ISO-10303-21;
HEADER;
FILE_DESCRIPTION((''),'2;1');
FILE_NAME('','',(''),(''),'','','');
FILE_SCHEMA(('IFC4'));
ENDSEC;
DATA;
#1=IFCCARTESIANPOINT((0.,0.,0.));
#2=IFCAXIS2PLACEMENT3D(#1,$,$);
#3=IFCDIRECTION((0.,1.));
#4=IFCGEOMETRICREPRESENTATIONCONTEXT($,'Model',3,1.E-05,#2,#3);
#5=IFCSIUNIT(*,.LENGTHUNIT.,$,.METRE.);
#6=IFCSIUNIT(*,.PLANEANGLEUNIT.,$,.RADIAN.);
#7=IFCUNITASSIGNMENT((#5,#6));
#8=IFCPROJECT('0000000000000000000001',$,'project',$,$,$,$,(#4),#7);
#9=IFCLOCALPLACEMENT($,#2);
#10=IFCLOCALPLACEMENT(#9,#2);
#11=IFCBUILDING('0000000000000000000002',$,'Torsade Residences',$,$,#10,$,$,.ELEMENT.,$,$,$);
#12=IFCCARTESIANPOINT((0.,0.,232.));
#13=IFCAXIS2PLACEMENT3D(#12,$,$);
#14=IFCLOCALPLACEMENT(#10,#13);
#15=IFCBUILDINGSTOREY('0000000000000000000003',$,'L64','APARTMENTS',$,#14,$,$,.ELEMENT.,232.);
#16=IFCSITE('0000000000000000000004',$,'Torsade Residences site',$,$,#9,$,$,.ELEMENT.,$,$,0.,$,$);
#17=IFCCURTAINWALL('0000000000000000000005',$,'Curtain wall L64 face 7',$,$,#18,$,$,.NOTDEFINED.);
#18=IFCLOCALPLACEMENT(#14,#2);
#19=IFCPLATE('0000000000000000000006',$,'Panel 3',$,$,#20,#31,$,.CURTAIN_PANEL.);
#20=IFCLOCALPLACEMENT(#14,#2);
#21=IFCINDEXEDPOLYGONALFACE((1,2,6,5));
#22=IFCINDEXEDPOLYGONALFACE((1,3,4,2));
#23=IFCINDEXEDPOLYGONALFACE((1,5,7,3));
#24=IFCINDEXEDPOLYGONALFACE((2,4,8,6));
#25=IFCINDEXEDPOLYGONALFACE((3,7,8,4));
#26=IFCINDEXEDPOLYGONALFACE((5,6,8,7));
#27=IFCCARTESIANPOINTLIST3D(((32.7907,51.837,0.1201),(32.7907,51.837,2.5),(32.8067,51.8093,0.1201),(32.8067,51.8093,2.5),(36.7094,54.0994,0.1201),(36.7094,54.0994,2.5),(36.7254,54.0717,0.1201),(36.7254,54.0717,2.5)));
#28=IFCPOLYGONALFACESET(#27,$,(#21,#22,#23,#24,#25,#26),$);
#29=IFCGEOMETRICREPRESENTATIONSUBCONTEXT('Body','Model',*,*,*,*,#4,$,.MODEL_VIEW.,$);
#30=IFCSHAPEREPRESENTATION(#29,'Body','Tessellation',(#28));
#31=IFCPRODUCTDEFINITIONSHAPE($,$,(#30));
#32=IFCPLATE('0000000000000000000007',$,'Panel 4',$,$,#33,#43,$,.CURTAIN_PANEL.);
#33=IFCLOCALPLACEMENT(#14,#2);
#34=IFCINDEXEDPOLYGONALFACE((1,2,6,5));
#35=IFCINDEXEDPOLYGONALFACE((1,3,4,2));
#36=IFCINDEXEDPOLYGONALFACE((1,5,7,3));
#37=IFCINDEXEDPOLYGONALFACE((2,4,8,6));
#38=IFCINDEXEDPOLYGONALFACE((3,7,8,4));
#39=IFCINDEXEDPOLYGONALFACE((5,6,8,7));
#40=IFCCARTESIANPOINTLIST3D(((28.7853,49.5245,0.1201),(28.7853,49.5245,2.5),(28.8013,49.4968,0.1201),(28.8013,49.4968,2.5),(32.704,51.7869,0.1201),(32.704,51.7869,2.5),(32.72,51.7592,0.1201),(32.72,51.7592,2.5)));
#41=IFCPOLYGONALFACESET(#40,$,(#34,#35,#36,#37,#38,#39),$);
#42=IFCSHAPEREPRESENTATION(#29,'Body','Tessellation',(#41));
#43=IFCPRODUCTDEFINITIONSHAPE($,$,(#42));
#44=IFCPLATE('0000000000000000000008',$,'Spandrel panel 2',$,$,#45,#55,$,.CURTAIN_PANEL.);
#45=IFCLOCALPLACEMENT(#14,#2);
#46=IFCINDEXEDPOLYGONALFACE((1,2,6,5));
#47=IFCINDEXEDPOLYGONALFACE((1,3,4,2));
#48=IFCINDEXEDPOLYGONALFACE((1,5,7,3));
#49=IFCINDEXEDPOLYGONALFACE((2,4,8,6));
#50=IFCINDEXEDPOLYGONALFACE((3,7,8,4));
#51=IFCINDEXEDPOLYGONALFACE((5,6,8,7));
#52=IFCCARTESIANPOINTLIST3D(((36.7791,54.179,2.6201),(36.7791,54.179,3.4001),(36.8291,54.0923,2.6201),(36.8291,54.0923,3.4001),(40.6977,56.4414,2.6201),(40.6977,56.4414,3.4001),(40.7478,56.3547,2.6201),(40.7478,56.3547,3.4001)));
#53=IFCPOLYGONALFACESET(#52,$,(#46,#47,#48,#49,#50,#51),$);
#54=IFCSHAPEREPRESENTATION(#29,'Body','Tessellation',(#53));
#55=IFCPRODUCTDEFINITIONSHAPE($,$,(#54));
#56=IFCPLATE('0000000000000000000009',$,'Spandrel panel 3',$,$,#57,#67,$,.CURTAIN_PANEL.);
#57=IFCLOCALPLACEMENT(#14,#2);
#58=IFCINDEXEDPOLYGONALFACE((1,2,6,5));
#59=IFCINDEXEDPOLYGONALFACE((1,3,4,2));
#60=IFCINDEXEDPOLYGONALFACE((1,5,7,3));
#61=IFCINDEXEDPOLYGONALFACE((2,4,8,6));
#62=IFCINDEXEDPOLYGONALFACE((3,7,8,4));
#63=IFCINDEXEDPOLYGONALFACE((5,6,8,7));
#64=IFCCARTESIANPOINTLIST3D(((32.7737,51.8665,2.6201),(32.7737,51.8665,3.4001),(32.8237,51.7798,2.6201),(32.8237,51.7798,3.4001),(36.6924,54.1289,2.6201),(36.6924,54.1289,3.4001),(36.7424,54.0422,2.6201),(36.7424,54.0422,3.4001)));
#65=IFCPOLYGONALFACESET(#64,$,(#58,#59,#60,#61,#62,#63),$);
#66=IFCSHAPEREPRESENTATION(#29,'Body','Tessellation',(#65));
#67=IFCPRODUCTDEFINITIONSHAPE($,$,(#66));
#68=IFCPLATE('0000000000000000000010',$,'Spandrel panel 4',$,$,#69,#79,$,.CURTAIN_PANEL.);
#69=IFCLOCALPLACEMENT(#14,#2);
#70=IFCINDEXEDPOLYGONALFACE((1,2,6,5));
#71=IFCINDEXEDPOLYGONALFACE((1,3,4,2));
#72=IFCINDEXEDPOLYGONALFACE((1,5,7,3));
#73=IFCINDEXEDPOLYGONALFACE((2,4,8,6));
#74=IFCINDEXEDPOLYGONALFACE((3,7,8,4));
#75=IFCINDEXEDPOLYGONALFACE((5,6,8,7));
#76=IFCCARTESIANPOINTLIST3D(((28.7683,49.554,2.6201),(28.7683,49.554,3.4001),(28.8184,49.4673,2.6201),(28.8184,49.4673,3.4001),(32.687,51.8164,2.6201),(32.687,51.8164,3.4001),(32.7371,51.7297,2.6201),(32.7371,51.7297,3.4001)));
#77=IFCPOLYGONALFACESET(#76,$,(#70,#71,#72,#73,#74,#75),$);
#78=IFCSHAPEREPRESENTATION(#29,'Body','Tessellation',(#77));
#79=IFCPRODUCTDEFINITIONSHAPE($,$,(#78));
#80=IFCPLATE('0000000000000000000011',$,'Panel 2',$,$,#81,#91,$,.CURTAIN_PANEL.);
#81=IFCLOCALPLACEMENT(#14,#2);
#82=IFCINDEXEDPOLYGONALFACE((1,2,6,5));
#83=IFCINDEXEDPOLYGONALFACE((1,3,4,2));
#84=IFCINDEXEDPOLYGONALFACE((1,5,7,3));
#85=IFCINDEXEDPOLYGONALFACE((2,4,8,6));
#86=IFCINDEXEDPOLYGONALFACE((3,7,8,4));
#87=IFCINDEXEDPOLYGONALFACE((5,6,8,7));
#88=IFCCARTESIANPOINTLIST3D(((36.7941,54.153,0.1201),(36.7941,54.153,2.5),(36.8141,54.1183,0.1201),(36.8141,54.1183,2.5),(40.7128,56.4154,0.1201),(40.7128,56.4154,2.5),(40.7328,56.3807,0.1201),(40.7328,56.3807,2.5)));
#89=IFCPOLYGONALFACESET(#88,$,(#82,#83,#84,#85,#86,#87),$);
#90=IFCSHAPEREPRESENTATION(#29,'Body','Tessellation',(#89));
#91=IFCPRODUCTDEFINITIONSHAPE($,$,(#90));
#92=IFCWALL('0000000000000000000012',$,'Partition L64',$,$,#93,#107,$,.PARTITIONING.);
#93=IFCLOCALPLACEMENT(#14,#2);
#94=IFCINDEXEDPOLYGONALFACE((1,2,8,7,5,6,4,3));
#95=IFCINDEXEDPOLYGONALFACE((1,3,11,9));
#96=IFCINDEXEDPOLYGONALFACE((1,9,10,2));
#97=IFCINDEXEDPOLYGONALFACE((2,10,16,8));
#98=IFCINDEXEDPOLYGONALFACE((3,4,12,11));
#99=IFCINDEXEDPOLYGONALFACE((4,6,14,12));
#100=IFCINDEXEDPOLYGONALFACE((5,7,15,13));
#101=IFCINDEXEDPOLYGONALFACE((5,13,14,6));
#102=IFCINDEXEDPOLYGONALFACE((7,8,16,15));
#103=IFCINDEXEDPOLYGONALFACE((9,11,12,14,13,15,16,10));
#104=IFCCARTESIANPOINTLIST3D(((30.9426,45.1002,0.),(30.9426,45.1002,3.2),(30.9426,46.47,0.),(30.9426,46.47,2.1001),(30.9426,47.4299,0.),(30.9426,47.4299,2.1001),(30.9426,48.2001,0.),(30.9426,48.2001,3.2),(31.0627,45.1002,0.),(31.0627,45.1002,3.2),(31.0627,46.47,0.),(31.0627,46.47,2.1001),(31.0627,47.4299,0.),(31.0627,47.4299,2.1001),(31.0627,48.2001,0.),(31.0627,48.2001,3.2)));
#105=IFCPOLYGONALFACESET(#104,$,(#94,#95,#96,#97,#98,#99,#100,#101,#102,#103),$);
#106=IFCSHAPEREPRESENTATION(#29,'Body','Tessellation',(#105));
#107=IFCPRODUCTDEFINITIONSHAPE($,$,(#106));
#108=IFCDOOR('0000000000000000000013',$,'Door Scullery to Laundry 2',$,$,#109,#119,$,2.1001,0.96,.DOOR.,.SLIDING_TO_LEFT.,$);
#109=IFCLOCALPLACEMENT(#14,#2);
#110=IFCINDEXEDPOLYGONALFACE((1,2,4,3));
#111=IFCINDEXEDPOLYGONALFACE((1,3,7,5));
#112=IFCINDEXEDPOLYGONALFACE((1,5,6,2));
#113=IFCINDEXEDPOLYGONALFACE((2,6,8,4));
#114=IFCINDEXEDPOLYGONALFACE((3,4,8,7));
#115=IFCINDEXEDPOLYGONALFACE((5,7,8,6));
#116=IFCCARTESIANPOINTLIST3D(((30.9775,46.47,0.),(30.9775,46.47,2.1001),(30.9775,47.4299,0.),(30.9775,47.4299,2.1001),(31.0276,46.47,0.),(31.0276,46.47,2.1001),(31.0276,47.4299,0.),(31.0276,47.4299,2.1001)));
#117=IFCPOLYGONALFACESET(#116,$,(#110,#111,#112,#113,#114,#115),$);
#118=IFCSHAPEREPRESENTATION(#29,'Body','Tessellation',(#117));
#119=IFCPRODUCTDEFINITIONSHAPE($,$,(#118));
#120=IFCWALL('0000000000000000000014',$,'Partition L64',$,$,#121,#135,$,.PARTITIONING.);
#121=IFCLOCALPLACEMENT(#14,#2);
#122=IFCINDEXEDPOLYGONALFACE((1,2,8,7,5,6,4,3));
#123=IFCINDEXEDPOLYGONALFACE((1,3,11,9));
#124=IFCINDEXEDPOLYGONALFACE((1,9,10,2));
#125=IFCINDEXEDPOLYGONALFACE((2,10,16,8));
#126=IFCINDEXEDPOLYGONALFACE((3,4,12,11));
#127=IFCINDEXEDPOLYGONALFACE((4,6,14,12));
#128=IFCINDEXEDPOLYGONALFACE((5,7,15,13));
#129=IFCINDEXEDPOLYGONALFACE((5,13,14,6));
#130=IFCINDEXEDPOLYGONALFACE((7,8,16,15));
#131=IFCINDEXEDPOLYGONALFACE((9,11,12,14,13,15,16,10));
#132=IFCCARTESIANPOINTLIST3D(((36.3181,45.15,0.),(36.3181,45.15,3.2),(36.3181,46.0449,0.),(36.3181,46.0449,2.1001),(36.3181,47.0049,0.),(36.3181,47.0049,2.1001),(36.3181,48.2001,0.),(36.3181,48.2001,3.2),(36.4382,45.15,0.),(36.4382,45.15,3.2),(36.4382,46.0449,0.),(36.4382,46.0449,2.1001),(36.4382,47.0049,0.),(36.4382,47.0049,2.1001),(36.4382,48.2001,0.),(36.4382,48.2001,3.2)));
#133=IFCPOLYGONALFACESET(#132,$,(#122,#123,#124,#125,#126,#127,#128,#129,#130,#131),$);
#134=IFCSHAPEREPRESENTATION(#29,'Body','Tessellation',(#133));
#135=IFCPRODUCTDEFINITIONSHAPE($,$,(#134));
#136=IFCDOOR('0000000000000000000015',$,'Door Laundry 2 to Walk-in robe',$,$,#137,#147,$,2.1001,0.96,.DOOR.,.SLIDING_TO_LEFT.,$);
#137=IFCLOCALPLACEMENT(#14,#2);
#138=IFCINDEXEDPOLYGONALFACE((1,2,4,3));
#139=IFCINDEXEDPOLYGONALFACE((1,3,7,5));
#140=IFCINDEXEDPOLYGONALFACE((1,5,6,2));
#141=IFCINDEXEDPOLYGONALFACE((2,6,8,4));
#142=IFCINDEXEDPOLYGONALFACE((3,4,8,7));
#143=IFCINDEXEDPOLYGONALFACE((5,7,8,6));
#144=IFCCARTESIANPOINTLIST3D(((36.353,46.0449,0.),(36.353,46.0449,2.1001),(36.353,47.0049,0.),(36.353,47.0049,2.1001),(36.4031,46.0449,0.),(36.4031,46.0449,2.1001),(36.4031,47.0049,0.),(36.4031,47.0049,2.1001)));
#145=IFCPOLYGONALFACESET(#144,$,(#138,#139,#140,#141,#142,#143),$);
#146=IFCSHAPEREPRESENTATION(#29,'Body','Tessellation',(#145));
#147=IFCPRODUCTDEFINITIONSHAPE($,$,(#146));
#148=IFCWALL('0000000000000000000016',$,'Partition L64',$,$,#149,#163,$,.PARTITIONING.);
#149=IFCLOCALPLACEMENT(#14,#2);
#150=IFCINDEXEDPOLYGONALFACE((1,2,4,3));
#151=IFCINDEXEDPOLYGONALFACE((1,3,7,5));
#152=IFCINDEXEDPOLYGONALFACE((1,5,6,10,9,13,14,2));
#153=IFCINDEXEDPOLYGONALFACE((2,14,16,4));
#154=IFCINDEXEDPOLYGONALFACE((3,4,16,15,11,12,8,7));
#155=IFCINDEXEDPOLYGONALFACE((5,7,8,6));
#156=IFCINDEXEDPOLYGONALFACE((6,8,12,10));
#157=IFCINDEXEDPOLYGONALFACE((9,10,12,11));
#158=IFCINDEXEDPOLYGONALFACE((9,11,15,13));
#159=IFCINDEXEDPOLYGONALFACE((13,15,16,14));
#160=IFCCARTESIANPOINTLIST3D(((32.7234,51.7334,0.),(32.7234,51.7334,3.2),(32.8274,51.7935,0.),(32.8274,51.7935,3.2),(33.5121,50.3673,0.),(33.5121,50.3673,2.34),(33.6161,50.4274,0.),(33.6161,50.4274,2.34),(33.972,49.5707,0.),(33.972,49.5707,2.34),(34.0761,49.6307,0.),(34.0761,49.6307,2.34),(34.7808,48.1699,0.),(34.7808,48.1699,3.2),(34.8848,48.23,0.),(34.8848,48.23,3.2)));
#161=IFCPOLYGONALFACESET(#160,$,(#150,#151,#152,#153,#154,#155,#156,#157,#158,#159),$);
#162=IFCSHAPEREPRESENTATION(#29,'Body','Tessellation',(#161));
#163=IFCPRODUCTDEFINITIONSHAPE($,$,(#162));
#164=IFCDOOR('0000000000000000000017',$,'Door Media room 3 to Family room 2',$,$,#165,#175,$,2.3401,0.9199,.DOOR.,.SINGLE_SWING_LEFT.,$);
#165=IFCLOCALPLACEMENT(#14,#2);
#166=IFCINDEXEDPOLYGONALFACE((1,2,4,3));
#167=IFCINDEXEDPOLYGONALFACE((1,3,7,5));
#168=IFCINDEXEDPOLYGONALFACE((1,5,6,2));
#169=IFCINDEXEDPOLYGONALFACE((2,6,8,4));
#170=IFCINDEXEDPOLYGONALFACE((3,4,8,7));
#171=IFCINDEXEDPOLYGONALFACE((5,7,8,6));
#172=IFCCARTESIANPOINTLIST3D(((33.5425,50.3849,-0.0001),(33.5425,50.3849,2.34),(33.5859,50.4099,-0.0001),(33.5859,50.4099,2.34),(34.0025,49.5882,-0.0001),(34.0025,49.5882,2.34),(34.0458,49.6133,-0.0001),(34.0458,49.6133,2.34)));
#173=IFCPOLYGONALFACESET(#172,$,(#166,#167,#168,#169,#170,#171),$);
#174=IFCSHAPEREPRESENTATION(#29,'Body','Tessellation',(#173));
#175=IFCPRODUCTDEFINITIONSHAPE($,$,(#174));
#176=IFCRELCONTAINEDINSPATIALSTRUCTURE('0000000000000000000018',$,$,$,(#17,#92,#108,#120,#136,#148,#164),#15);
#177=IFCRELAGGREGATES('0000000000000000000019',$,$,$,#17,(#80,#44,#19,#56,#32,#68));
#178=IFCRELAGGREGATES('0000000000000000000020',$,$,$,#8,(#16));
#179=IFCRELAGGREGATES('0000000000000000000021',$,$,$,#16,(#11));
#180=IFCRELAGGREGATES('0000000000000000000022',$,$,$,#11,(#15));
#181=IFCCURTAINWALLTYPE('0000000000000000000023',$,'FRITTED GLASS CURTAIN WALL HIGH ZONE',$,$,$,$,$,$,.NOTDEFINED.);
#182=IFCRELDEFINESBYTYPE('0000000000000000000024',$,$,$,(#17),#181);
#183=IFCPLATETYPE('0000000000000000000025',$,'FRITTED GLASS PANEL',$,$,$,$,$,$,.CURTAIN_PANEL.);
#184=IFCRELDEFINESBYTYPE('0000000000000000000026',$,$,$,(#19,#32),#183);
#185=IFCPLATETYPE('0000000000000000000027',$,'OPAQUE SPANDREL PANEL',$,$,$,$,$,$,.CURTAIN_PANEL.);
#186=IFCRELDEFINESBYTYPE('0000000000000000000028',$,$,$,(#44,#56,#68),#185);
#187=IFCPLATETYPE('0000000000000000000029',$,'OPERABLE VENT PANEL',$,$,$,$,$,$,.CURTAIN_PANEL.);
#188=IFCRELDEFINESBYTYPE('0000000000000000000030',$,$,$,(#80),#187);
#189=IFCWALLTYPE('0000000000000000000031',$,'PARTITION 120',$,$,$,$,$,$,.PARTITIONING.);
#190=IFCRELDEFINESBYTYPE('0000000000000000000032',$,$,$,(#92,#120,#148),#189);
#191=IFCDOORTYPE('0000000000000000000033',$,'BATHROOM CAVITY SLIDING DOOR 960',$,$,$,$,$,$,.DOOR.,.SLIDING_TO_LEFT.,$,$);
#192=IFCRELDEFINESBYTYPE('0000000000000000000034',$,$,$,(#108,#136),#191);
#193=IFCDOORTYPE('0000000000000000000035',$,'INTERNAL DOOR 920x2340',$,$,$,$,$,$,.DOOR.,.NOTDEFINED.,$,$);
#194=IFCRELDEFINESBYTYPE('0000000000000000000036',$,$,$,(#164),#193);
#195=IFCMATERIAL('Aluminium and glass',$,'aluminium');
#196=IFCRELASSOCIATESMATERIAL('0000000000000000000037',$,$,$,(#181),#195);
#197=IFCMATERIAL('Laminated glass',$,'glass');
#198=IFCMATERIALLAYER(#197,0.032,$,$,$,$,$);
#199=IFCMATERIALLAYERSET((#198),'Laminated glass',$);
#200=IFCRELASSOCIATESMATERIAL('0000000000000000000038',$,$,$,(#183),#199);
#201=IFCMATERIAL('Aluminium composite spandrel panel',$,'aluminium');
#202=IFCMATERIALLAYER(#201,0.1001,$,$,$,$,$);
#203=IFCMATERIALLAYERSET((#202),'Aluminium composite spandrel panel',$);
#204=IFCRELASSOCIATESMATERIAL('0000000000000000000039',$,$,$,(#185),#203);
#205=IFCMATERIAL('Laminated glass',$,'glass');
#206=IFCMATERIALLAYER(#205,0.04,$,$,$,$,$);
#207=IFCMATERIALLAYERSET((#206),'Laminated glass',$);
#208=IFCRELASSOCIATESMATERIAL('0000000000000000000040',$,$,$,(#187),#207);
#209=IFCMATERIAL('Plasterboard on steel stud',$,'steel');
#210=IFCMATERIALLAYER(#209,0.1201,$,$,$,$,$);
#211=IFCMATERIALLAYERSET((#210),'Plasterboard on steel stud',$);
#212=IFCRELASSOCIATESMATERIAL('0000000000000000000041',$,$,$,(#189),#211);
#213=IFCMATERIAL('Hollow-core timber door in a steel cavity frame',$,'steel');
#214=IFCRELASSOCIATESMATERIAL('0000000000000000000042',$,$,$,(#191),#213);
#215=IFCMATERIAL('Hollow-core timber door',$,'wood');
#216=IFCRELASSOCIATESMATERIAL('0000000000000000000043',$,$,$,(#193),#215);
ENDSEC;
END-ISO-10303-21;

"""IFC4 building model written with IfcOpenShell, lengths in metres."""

from ifc_helpers import new_model, si_unit, direction, frame, frame_2d, origin, origin_2d, place, context, subcontext, project, spatial, rectangle, extrude, material, layer, layer_set, type_object, element, fill, aggregate, save


model = new_model("IFC4")

# Units and contexts
model_context = context("Model", 3, precision=1e-05, world=origin(), true_north=direction((0.0, 1.0)))
body_context = subcontext(model_context, "Body", "Model", "MODEL_VIEW")
ifc_project = project(units=[si_unit("LENGTHUNIT", "METRE"), si_unit("PLANEANGLEUNIT", "RADIAN")], contexts=[model_context])

# Site, building, storey
site_placement = place(None, origin())
site = spatial("IfcSite", under=ifc_project, at=site_placement, Name="Torsade Residences site", CompositionType="ELEMENT", RefElevation=0.0)
building_placement = place(site_placement, origin())
building = spatial("IfcBuilding", under=site, at=building_placement, Name="Torsade Residences", CompositionType="ELEMENT")
storey_placement = place(building_placement, frame((0.0, 0.0, 232.0)))
storey = spatial("IfcBuildingStorey", under=building, at=storey_placement, Name="L64", Description="APARTMENTS", CompositionType="ELEMENT", Elevation=232.0)

# Curtain wall
ifc_material_1 = material(Name="Aluminium and glass", Category="aluminium")
curtain_wall_type = type_object("IfcCurtainWallType", Name="FRITTED GLASS CURTAIN WALL HIGH ZONE", PredefinedType="NOTDEFINED", material=ifc_material_1)
curtain_wall_placement = place(storey_placement, origin())
curtain_wall = element("IfcCurtainWall", 1, at=curtain_wall_placement, inside=storey, type_object=curtain_wall_type, Name="Curtain wall L64 face 7", PredefinedType="NOTDEFINED")

# Plates
ifc_material_2 = material(Name="Laminated glass", Category="glass")
ifc_layer_1 = layer(ifc_material_2, 0.032)
ifc_layer_set_1 = layer_set([ifc_layer_1], Name="Laminated glass")
plate_type_1 = type_object("IfcPlateType", Name="FRITTED GLASS PANEL", PredefinedType="CURTAIN_PANEL", material=ifc_layer_set_1)
plate_1_placement = place(storey_placement, frame((34.7581, 52.9543, 0.1201), z_axis=(0.0, 0.0, 1.0), x_axis=(-0.866025, -0.5, 0.0)))
plate_1 = element("IfcPlate", 2, at=plate_1_placement, type_object=plate_type_1, Name="Panel 3", PredefinedType="CURTAIN_PANEL", context=body_context, shape_type="SweptSolid", body=[
    extrude(rectangle(XDim=4.5249, YDim=0.032, at=origin_2d()), origin(), (0.0, 0.0, 1.0), 2.3799),
])
plate_2_placement = place(storey_placement, frame((30.7527, 50.6418, 0.1201), z_axis=(0.0, 0.0, 1.0), x_axis=(-0.866025, -0.5, 0.0)))
plate_2 = element("IfcPlate", 3, at=plate_2_placement, type_object=plate_type_1, Name="Panel 4", PredefinedType="CURTAIN_PANEL", context=body_context, shape_type="SweptSolid", body=[
    extrude(rectangle(XDim=4.5249, YDim=0.032, at=origin_2d()), origin(), (0.0, 0.0, 1.0), 2.3799),
])
ifc_material_3 = material(Name="Aluminium composite spandrel panel", Category="aluminium")
ifc_layer_2 = layer(ifc_material_3, 0.1001)
ifc_layer_set_2 = layer_set([ifc_layer_2], Name="Aluminium composite spandrel panel")
plate_type_2 = type_object("IfcPlateType", Name="OPAQUE SPANDREL PANEL", PredefinedType="CURTAIN_PANEL", material=ifc_layer_set_2)
plate_3_placement = place(storey_placement, frame((38.7634, 55.2668, 2.6201), z_axis=(0.0, 0.0, 1.0), x_axis=(-0.866025, -0.5, 0.0)))
plate_3 = element("IfcPlate", 4, at=plate_3_placement, type_object=plate_type_2, Name="Spandrel panel 2", PredefinedType="CURTAIN_PANEL", context=body_context, shape_type="SweptSolid", body=[
    extrude(rectangle(XDim=4.5249, YDim=0.1001, at=origin_2d()), origin(), (0.0, 0.0, 1.0), 0.78),
])
plate_4_placement = place(storey_placement, frame((34.7581, 52.9543, 2.6201), z_axis=(0.0, 0.0, 1.0), x_axis=(-0.866025, -0.5, 0.0)))
plate_4 = element("IfcPlate", 5, at=plate_4_placement, type_object=plate_type_2, Name="Spandrel panel 3", PredefinedType="CURTAIN_PANEL", context=body_context, shape_type="SweptSolid", body=[
    extrude(rectangle(XDim=4.5249, YDim=0.1001, at=origin_2d()), origin(), (0.0, 0.0, 1.0), 0.78),
])
plate_5_placement = place(storey_placement, frame((30.7527, 50.6418, 2.6201), z_axis=(0.0, 0.0, 1.0), x_axis=(-0.866025, -0.5, 0.0)))
plate_5 = element("IfcPlate", 6, at=plate_5_placement, type_object=plate_type_2, Name="Spandrel panel 4", PredefinedType="CURTAIN_PANEL", context=body_context, shape_type="SweptSolid", body=[
    extrude(rectangle(XDim=4.5249, YDim=0.1001, at=origin_2d()), origin(), (0.0, 0.0, 1.0), 0.78),
])
ifc_material_4 = material(Name="Laminated glass", Category="glass")
ifc_layer_3 = layer(ifc_material_4, 0.04)
ifc_layer_set_3 = layer_set([ifc_layer_3], Name="Laminated glass")
plate_type_3 = type_object("IfcPlateType", Name="OPERABLE VENT PANEL", PredefinedType="CURTAIN_PANEL", material=ifc_layer_set_3)
plate_6_placement = place(storey_placement, frame((38.7634, 55.2668, 0.1201), z_axis=(0.0, 0.0, 1.0), x_axis=(-0.866025, -0.5, 0.0)))
plate_6 = element("IfcPlate", 7, at=plate_6_placement, type_object=plate_type_3, Name="Panel 2", PredefinedType="CURTAIN_PANEL", context=body_context, shape_type="SweptSolid", body=[
    extrude(rectangle(XDim=4.5249, YDim=0.04, at=origin_2d()), origin(), (0.0, 0.0, 1.0), 2.3799),
])
aggregate(curtain_wall, [plate_6, plate_3, plate_1, plate_4, plate_2, plate_5])

# Walls, openings, doors
ifc_material_5 = material(Name="Plasterboard on steel stud", Category="steel")
ifc_layer_4 = layer(ifc_material_5, 0.1201)
ifc_layer_set_4 = layer_set([ifc_layer_4], Name="Plasterboard on steel stud")
wall_type = type_object("IfcWallType", Name="PARTITION 120", PredefinedType="PARTITIONING", material=ifc_layer_set_4)
wall_1_placement = place(storey_placement, frame((31.0027, 48.2, 0.0), z_axis=(0.0, 0.0, 1.0), x_axis=(0.0, -1.0, 0.0)))
wall_1 = element("IfcWall", 8, at=wall_1_placement, inside=storey, type_object=wall_type, Name="Partition L64", PredefinedType="PARTITIONING", context=body_context, shape_type="SweptSolid", body=[
    extrude(rectangle(XDim=3.0999, YDim=0.1201, at=frame_2d((1.5498, 0.0))), origin(), (0.0, 0.0, 1.0), 3.2),
])
opening_1_placement = place(wall_1_placement, frame((0.77, 0.0, 0.0)))
opening_1 = element("IfcOpeningElement", 9, at=opening_1_placement, cuts=wall_1, PredefinedType="OPENING", context=body_context, shape_type="SweptSolid", body=[
    extrude(rectangle(XDim=0.96, YDim=2.1001, at=frame_2d((0.48, 1.05))), frame((0.0, 0.0701, 0.0), z_axis=(0.0, -1.0, 0.0), x_axis=(1.0, 0.0, 0.0)), (0.0, 0.0, 1.0), 0.1401),
])
ifc_material_6 = material(Name="Hollow-core timber door in a steel cavity frame", Category="steel")
door_type_1 = type_object("IfcDoorType", Name="BATHROOM CAVITY SLIDING DOOR 960", OperationType="SLIDING_TO_LEFT", PredefinedType="DOOR", material=ifc_material_6)
door_1_placement = place(opening_1_placement, origin())
door_1 = element("IfcDoor", 10, at=door_1_placement, inside=storey, type_object=door_type_1, Name="Door Scullery to Laundry 2", OperationType="SLIDING_TO_LEFT", OverallHeight=2.1001, OverallWidth=0.96, PredefinedType="DOOR", context=body_context, shape_type="SweptSolid", body=[
    extrude(rectangle(XDim=0.96, YDim=2.1001, at=frame_2d((0.48, 1.05))), frame((0.0, 0.0249, 0.0), z_axis=(0.0, -1.0, 0.0), x_axis=(1.0, 0.0, 0.0)), (0.0, 0.0, 1.0), 0.05),
])
fill(opening_1, door_1)
wall_2_placement = place(storey_placement, frame((36.3782, 48.2, 0.0), z_axis=(0.0, 0.0, 1.0), x_axis=(0.0, -1.0, 0.0)))
wall_2 = element("IfcWall", 11, at=wall_2_placement, inside=storey, type_object=wall_type, Name="Partition L64", PredefinedType="PARTITIONING", context=body_context, shape_type="SweptSolid", body=[
    extrude(rectangle(XDim=3.05, YDim=0.1201, at=frame_2d((1.5249, 0.0))), origin(), (0.0, 0.0, 1.0), 3.2),
])
opening_2_placement = place(wall_2_placement, frame((1.1951, 0.0, 0.0)))
opening_2 = element("IfcOpeningElement", 12, at=opening_2_placement, cuts=wall_2, PredefinedType="OPENING", context=body_context, shape_type="SweptSolid", body=[
    extrude(rectangle(XDim=0.96, YDim=2.1001, at=frame_2d((0.48, 1.05))), frame((0.0, 0.0701, 0.0), z_axis=(0.0, -1.0, 0.0), x_axis=(1.0, 0.0, 0.0)), (0.0, 0.0, 1.0), 0.1401),
])
door_2_placement = place(opening_2_placement, origin())
door_2 = element("IfcDoor", 13, at=door_2_placement, inside=storey, type_object=door_type_1, Name="Door Laundry 2 to Walk-in robe", OperationType="SLIDING_TO_LEFT", OverallHeight=2.1001, OverallWidth=0.96, PredefinedType="DOOR", context=body_context, shape_type="SweptSolid", body=[
    extrude(rectangle(XDim=0.96, YDim=2.1001, at=frame_2d((0.48, 1.05))), frame((0.0, 0.0249, 0.0), z_axis=(0.0, -1.0, 0.0), x_axis=(1.0, 0.0, 0.0)), (0.0, 0.0, 1.0), 0.05),
])
fill(opening_2, door_2)
wall_3_placement = place(storey_placement, frame((34.8328, 48.2, 0.0), z_axis=(0.0, 0.0, 1.0), x_axis=(-0.5, 0.866026, 0.0)))
wall_3 = element("IfcWall", 14, at=wall_3_placement, inside=storey, type_object=wall_type, Name="Partition L64", PredefinedType="PARTITIONING", context=body_context, shape_type="SweptSolid", body=[
    extrude(rectangle(XDim=4.1147, YDim=0.1201, at=frame_2d((2.0574, 0.0))), origin(), (0.0, 0.0, 1.0), 3.2),
])
opening_3_placement = place(wall_3_placement, frame((1.6174, 0.0, 0.0)))
opening_3 = element("IfcOpeningElement", 15, at=opening_3_placement, cuts=wall_3, PredefinedType="OPENING", context=body_context, shape_type="SweptSolid", body=[
    extrude(rectangle(XDim=0.9199, YDim=2.3401, at=frame_2d((0.46, 1.1699))), frame((0.0, 0.0701, 0.0), z_axis=(0.0, -1.0, 0.0), x_axis=(1.0, 0.0, 0.0)), (0.0, 0.0, 1.0), 0.1401),
])
ifc_material_7 = material(Name="Hollow-core timber door", Category="wood")
door_type_2 = type_object("IfcDoorType", Name="INTERNAL DOOR 920x2340", OperationType="NOTDEFINED", PredefinedType="DOOR", material=ifc_material_7)
door_3_placement = place(opening_3_placement, origin())
door_3 = element("IfcDoor", 16, at=door_3_placement, inside=storey, type_object=door_type_2, Name="Door Media room 3 to Family room 2", OperationType="SINGLE_SWING_LEFT", OverallHeight=2.3401, OverallWidth=0.9199, PredefinedType="DOOR", context=body_context, shape_type="SweptSolid", body=[
    extrude(rectangle(XDim=0.9199, YDim=2.3401, at=frame_2d((0.46, 1.1699))), frame((0.0, 0.0249, 0.0), z_axis=(0.0, -1.0, 0.0), x_axis=(1.0, 0.0, 0.0)), (0.0, 0.0, 1.0), 0.05),
])
fill(opening_3, door_3)

save(model, "model.ifc")
